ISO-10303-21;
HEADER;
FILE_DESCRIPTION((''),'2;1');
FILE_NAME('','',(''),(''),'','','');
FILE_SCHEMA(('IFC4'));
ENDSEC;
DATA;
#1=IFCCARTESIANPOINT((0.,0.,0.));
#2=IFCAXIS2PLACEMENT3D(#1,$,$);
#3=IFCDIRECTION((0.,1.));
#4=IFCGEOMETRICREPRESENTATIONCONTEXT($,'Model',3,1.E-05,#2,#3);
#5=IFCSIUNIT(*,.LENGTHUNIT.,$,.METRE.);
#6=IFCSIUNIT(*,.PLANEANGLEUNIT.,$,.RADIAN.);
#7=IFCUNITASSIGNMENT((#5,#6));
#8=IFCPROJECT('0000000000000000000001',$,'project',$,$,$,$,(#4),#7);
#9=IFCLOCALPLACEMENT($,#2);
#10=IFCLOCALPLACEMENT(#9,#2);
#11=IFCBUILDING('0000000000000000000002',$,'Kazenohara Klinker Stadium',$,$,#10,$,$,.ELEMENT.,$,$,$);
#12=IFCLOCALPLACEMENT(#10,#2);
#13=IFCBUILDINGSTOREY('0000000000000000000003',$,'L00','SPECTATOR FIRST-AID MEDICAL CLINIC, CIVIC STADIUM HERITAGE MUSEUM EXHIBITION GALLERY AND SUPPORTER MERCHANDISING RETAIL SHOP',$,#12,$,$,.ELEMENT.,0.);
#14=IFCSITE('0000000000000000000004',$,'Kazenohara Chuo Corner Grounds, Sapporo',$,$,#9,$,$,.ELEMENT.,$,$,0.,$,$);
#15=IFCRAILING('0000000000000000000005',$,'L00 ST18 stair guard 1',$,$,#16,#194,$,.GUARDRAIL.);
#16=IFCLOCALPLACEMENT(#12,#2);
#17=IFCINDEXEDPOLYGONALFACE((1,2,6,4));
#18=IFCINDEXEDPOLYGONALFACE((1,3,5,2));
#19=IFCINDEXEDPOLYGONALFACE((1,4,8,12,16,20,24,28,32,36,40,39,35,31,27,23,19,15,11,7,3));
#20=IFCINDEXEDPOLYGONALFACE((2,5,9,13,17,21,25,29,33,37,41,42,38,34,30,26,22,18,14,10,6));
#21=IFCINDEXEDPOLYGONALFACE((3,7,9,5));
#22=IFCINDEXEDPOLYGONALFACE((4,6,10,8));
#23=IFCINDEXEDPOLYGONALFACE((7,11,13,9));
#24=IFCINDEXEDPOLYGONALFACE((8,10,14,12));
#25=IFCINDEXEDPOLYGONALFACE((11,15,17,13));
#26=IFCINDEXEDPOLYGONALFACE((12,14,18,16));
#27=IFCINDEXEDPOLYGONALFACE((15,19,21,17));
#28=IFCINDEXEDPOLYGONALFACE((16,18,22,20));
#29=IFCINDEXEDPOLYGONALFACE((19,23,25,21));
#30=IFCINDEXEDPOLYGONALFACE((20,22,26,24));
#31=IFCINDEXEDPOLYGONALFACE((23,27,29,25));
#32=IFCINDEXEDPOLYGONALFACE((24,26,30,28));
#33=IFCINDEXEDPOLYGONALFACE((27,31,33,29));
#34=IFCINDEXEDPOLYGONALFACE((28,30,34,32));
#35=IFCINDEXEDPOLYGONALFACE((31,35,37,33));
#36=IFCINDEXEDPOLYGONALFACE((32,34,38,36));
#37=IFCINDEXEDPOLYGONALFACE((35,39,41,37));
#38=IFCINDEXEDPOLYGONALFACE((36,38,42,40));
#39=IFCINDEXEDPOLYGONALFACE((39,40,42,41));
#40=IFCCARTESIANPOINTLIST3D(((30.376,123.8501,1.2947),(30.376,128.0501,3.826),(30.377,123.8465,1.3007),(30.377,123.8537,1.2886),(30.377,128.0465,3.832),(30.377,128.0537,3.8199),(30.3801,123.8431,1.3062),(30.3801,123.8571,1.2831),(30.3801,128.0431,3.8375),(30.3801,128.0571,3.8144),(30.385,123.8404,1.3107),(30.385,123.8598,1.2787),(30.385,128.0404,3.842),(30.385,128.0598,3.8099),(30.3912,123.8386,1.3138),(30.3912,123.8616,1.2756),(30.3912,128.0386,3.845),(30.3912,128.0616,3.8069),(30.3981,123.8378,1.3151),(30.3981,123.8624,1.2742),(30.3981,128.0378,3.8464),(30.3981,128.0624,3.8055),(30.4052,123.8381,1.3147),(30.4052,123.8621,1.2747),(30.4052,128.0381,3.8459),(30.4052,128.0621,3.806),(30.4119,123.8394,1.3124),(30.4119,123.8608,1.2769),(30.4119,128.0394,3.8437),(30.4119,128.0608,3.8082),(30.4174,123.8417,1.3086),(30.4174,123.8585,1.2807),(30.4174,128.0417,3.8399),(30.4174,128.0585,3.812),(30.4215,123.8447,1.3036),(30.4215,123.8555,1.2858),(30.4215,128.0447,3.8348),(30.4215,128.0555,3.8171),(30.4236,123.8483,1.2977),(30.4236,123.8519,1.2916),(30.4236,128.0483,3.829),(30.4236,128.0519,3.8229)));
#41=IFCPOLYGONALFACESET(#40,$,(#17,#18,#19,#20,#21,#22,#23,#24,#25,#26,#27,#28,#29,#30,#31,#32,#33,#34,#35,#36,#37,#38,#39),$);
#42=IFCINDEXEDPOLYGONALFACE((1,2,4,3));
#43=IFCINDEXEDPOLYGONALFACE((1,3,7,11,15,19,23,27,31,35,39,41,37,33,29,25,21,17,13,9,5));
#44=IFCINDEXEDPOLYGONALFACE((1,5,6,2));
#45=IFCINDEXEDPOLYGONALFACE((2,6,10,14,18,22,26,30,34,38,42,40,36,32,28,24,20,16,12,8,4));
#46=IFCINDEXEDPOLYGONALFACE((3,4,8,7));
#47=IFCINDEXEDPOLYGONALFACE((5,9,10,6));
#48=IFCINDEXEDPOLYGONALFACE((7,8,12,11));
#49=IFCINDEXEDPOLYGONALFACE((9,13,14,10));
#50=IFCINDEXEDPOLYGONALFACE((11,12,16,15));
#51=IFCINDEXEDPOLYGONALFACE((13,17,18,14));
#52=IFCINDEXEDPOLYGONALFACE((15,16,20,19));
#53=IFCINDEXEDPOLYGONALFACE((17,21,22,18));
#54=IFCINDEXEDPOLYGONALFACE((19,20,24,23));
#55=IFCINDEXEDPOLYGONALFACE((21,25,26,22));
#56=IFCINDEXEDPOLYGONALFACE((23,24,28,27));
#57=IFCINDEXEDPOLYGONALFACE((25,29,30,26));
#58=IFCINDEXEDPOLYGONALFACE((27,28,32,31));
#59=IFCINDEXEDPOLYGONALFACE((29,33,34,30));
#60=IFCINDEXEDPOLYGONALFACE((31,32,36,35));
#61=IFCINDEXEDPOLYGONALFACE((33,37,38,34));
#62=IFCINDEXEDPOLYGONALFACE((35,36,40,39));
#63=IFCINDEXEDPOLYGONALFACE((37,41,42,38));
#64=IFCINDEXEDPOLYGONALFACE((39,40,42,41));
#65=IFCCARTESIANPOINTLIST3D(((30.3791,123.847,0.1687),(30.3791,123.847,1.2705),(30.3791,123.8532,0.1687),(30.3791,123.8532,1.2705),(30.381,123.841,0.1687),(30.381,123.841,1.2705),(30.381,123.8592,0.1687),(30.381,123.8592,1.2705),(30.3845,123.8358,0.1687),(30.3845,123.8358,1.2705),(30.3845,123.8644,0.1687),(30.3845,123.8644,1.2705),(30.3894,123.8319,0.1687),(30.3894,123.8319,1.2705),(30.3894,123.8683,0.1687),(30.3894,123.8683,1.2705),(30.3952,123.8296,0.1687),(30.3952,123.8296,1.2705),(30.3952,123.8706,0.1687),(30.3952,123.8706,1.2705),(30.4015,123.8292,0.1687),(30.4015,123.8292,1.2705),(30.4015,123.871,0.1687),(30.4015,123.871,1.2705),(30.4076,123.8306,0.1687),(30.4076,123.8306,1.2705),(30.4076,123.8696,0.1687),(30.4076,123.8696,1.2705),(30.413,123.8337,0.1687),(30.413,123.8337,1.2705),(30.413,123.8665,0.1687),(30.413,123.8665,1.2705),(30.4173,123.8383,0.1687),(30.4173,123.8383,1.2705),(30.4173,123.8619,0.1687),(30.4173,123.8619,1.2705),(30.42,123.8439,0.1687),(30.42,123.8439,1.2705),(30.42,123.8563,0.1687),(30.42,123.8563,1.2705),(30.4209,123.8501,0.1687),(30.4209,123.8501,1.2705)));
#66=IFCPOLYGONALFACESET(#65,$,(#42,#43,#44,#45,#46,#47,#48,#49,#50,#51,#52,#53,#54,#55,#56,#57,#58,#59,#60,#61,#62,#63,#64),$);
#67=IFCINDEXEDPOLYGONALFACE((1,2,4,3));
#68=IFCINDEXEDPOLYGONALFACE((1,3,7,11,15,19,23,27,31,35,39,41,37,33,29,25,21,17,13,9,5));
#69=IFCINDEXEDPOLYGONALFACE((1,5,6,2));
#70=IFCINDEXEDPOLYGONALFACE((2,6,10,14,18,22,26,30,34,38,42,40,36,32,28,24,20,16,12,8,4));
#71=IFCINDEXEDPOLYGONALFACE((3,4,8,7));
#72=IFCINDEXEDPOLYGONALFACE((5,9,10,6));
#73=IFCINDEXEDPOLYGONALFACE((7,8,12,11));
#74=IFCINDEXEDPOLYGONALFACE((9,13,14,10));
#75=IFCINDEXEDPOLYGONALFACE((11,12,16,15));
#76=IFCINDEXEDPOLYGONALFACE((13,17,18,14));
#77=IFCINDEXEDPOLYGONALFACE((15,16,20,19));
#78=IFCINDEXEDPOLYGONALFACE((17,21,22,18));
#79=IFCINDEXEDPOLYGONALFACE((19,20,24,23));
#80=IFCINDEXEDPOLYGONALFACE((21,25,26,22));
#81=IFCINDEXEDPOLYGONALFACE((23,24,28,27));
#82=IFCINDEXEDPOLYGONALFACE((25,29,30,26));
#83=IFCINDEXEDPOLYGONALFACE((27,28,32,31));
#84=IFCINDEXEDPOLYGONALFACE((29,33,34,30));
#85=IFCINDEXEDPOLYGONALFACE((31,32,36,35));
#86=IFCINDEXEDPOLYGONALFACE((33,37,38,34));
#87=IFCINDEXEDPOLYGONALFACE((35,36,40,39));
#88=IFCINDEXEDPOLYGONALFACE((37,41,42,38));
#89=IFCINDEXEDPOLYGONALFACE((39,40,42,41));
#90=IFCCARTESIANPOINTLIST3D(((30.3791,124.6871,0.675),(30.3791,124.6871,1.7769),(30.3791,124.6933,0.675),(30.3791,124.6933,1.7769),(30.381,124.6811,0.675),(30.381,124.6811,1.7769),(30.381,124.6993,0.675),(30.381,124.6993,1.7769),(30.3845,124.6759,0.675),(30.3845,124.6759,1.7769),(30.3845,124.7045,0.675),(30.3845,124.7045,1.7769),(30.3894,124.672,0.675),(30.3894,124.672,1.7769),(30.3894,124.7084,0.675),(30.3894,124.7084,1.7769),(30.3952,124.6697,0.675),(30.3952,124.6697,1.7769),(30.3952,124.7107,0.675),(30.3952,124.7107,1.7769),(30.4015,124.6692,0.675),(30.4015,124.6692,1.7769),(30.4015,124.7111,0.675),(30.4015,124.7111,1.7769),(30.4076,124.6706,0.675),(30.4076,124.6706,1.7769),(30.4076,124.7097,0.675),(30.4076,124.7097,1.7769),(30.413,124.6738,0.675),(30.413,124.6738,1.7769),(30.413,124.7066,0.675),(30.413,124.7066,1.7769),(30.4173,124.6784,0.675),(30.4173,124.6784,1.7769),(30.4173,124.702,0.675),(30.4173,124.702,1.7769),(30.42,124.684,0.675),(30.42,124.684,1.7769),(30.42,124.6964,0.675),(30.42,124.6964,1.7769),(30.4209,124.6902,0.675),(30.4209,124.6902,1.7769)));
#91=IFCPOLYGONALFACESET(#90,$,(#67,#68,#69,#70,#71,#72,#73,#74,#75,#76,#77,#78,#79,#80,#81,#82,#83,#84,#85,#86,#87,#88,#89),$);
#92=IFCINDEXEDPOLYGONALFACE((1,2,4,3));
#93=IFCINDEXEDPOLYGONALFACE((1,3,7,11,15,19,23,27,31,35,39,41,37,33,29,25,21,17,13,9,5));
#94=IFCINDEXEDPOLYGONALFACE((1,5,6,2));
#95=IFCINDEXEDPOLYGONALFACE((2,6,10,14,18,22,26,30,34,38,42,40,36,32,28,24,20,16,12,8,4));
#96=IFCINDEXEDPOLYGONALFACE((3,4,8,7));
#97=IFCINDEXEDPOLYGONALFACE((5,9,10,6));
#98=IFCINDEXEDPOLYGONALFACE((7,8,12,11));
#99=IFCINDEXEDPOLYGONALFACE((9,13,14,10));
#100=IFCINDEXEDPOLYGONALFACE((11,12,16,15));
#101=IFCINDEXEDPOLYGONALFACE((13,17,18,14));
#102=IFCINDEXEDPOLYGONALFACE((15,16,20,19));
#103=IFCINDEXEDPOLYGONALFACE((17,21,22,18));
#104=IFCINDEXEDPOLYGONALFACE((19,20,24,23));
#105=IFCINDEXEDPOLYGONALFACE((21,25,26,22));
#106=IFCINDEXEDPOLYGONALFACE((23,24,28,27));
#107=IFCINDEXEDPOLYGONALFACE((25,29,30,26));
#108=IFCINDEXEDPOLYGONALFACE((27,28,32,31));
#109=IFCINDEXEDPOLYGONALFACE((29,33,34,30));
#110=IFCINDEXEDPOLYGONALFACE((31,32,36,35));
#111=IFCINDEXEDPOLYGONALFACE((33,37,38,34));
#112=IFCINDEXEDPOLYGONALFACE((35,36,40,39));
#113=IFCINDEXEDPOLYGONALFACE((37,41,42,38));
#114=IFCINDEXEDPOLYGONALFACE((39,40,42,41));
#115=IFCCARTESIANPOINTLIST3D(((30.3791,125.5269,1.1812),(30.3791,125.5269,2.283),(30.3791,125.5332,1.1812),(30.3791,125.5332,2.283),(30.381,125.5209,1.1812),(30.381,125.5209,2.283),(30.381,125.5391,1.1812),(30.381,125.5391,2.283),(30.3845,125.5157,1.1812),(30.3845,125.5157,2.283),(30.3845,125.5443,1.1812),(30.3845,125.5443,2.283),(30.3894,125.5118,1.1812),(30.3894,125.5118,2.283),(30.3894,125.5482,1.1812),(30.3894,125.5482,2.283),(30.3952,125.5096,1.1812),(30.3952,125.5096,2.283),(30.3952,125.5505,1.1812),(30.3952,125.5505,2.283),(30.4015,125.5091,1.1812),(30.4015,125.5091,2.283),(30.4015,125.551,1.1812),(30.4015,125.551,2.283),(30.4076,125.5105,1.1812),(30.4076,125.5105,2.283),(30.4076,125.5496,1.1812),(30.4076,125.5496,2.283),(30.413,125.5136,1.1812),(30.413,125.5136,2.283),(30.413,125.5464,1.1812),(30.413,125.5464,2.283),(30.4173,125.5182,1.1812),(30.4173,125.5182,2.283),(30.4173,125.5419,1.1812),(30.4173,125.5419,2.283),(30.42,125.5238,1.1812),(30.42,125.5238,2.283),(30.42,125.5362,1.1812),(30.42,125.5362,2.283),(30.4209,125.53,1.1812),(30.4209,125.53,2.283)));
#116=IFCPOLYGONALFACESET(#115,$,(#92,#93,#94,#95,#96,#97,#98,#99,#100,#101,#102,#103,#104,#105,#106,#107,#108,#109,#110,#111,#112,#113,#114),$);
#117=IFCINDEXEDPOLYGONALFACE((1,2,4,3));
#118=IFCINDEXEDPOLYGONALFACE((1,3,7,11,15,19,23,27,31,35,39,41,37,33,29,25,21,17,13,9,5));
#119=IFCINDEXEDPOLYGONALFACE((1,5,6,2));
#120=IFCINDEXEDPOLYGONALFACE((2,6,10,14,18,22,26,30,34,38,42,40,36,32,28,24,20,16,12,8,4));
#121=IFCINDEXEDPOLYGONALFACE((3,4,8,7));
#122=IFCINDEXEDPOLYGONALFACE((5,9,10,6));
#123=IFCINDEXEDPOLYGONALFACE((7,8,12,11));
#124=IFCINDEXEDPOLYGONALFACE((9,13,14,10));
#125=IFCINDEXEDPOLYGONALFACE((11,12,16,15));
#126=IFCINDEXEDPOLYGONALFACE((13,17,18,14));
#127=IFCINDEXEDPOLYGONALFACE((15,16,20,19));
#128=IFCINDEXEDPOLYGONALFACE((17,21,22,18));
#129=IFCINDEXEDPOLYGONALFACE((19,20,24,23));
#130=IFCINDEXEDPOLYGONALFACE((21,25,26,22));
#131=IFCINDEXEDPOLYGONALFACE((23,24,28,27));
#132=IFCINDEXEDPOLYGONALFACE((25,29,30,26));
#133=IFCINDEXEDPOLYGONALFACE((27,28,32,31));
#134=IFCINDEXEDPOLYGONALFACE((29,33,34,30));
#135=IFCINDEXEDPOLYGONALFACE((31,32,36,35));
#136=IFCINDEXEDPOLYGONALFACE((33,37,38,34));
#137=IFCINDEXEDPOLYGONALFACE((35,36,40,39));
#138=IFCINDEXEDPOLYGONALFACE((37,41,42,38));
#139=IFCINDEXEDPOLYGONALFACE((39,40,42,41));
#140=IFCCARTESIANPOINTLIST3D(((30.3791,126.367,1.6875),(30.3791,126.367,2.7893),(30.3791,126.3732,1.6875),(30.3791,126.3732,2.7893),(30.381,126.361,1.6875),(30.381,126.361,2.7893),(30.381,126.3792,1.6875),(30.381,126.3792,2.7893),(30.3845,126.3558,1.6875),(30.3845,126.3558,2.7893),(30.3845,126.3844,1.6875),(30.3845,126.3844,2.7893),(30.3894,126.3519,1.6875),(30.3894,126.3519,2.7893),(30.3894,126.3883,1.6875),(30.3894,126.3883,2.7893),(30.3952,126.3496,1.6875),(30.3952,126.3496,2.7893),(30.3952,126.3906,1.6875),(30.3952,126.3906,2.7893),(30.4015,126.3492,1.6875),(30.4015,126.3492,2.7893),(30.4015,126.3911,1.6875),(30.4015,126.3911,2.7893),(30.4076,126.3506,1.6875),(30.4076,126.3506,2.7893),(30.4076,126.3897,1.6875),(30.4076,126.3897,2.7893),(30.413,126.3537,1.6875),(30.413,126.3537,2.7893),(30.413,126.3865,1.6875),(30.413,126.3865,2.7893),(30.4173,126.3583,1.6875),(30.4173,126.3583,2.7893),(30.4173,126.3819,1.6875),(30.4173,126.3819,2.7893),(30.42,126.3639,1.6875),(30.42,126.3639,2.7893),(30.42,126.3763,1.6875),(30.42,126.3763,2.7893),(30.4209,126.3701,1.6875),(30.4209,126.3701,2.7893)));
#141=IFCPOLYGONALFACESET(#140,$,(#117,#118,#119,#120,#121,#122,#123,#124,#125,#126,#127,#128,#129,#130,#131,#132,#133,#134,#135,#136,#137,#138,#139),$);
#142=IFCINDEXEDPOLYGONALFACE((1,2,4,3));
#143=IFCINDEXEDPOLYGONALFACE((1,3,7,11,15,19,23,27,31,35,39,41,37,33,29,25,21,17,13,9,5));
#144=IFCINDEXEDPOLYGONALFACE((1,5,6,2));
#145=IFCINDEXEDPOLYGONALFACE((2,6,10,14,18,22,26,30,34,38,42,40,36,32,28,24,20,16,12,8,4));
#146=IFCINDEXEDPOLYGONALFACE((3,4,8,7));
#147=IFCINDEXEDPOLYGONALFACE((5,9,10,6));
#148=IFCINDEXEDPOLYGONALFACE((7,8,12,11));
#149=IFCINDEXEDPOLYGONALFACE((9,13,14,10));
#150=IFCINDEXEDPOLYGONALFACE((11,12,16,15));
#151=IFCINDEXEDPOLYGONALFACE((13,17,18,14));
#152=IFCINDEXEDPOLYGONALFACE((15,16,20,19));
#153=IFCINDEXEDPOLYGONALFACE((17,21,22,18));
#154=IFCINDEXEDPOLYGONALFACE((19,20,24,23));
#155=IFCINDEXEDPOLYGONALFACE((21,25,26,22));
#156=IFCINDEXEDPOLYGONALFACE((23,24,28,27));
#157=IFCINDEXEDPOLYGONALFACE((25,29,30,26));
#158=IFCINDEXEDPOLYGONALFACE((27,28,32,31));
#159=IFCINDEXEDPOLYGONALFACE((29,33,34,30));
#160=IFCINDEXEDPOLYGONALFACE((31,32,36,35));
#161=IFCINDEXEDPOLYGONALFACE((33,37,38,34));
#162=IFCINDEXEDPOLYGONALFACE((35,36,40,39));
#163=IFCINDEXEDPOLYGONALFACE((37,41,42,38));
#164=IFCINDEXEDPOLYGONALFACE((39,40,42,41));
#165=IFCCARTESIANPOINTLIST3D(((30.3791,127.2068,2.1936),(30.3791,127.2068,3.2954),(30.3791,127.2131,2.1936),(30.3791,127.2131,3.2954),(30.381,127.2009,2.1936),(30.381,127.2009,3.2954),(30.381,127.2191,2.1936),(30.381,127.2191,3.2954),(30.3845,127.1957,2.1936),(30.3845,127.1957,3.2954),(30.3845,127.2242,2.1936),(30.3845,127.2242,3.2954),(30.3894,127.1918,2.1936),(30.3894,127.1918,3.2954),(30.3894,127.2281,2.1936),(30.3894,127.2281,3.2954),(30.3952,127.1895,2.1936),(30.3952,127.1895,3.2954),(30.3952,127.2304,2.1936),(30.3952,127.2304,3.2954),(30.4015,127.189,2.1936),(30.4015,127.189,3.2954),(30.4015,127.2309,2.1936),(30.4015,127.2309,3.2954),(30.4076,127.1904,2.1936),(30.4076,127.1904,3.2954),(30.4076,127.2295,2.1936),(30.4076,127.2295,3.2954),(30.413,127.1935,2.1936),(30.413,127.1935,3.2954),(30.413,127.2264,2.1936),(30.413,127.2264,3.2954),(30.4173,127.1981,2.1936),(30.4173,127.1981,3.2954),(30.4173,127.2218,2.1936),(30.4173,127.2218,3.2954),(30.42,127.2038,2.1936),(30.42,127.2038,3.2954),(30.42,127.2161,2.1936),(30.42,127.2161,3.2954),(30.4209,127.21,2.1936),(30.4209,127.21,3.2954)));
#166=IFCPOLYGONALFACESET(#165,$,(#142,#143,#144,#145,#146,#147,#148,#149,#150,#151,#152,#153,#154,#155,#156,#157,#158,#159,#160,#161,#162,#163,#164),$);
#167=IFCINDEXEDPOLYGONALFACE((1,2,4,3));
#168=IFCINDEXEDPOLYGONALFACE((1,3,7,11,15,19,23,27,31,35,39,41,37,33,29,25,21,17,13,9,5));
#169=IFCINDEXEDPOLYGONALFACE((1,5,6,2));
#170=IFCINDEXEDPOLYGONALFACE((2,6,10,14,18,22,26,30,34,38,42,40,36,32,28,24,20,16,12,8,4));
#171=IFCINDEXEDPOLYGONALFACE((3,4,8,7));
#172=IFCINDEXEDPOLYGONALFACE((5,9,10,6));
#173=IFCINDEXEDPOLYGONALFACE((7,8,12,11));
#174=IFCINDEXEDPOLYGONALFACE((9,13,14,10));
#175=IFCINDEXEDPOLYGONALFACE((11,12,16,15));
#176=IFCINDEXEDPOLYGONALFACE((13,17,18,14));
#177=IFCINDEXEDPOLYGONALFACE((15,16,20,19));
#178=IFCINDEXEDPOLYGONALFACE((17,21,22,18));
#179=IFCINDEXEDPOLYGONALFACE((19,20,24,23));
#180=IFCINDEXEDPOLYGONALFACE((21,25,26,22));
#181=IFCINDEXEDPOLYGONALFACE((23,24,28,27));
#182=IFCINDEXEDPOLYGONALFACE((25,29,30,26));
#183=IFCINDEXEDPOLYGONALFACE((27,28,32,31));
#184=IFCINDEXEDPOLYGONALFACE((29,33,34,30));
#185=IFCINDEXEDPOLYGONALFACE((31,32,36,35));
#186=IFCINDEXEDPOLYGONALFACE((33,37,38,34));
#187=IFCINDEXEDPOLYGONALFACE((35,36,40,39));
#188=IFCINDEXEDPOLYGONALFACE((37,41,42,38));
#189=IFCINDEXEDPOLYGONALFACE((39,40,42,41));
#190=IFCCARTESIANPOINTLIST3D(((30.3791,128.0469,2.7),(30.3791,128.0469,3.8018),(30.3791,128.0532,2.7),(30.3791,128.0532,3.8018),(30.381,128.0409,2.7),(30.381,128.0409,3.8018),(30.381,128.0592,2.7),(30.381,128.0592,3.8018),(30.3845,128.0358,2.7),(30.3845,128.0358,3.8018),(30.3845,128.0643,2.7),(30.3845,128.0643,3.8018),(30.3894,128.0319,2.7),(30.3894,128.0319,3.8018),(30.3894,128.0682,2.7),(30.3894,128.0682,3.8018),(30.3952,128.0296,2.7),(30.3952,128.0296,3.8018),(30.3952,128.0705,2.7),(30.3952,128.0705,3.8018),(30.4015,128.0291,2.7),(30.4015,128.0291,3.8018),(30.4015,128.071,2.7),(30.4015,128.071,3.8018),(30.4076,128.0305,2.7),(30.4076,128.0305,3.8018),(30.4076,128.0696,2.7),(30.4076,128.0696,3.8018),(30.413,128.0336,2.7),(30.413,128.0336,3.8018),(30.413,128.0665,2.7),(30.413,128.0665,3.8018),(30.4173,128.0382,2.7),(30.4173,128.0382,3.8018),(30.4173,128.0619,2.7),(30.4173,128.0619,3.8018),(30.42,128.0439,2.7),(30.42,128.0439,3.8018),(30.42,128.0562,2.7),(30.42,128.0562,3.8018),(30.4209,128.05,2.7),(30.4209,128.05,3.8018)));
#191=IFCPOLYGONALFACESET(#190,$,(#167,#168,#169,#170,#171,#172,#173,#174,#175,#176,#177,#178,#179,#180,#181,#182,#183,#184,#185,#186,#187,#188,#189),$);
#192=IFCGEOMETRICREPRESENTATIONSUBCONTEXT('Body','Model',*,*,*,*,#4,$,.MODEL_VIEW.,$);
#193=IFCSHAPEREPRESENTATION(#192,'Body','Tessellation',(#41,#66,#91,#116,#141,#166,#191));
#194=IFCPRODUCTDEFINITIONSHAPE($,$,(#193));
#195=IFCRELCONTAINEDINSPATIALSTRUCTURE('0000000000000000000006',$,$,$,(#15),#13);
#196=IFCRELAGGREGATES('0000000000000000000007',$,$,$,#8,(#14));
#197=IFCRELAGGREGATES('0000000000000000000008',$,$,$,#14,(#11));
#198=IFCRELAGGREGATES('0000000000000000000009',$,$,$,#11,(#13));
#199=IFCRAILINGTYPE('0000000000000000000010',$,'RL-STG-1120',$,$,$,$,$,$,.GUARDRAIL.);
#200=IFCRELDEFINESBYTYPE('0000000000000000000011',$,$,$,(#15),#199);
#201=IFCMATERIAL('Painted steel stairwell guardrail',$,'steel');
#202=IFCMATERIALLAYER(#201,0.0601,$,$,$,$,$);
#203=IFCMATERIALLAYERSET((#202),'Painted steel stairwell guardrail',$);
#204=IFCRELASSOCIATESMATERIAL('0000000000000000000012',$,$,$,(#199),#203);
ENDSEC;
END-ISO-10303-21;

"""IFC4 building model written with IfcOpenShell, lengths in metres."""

from ifc_helpers import new_model, si_unit, direction, frame, origin, origin_2d, place, context, subcontext, project, spatial, circle, extrude, material, layer, layer_set, type_object, element, save


model = new_model("IFC4")

# Units and contexts
model_context = context("Model", 3, precision=1e-05, world=origin(), true_north=direction((0.0, 1.0)))
body_context = subcontext(model_context, "Body", "Model", "MODEL_VIEW")
ifc_project = project(units=[si_unit("LENGTHUNIT", "METRE"), si_unit("PLANEANGLEUNIT", "RADIAN")], contexts=[model_context])

# Site, building, storey
site_placement = place(None, origin())
site = spatial("IfcSite", under=ifc_project, at=site_placement, Name="Kazenohara Chuo Corner Grounds, Sapporo", CompositionType="ELEMENT", RefElevation=0.0)
building_placement = place(site_placement, origin())
building = spatial("IfcBuilding", under=site, at=building_placement, Name="Kazenohara Klinker Stadium", CompositionType="ELEMENT")
storey_placement = place(building_placement, origin())
storey = spatial("IfcBuildingStorey", under=building, at=storey_placement, Name="L00", Description="SPECTATOR FIRST-AID MEDICAL CLINIC, CIVIC STADIUM HERITAGE MUSEUM EXHIBITION GALLERY AND SUPPORTER MERCHANDISING RETAIL SHOP", CompositionType="ELEMENT", Elevation=0.0)

# Railing
ifc_material_1 = material(Name="Painted steel stairwell guardrail", Category="steel")
ifc_layer_1 = layer(ifc_material_1, 0.0601)
ifc_layer_set_1 = layer_set([ifc_layer_1], Name="Painted steel stairwell guardrail")
railing_type_1 = type_object("IfcRailingType", Name="RL-STG-1120", PredefinedType="GUARDRAIL", material=ifc_layer_set_1)
railing_1_placement = place(storey_placement, frame((30.3999, 123.8501, 0.1687)))
element("IfcRailing", 1, at=railing_1_placement, inside=storey, type_object=railing_type_1, Name="L00 ST18 stair guard 1", PredefinedType="GUARDRAIL", context=body_context, shape_type="SweptSolid", body=[
    extrude(circle(Radius=0.0239, at=origin_2d()), frame((0.0, 0.0, 1.126), z_axis=(0.0, 0.856476, 0.516186), x_axis=(-1.0, 0.0, 0.0)), (0.0, 0.0, 1.0), 4.9038),
    extrude(circle(Radius=0.021, at=origin_2d()), origin(), (0.0, 0.0, 1.0), 1.1018),
    extrude(circle(Radius=0.021, at=origin_2d()), frame((0.0, 0.8401, 0.5063)), (0.0, 0.0, 1.0), 1.1018),
    extrude(circle(Radius=0.021, at=origin_2d()), frame((0.0, 1.6799, 1.0125)), (0.0, 0.0, 1.0), 1.1018),
    extrude(circle(Radius=0.021, at=origin_2d()), frame((0.0, 2.52, 1.5188)), (0.0, 0.0, 1.0), 1.1018),
    extrude(circle(Radius=0.021, at=origin_2d()), frame((0.0, 3.3599, 2.0249)), (0.0, 0.0, 1.0), 1.1018),
    extrude(circle(Radius=0.021, at=origin_2d()), frame((0.0, 4.2, 2.5312)), (0.0, 0.0, 1.0), 1.1018),
])

save(model, "model.ifc")
